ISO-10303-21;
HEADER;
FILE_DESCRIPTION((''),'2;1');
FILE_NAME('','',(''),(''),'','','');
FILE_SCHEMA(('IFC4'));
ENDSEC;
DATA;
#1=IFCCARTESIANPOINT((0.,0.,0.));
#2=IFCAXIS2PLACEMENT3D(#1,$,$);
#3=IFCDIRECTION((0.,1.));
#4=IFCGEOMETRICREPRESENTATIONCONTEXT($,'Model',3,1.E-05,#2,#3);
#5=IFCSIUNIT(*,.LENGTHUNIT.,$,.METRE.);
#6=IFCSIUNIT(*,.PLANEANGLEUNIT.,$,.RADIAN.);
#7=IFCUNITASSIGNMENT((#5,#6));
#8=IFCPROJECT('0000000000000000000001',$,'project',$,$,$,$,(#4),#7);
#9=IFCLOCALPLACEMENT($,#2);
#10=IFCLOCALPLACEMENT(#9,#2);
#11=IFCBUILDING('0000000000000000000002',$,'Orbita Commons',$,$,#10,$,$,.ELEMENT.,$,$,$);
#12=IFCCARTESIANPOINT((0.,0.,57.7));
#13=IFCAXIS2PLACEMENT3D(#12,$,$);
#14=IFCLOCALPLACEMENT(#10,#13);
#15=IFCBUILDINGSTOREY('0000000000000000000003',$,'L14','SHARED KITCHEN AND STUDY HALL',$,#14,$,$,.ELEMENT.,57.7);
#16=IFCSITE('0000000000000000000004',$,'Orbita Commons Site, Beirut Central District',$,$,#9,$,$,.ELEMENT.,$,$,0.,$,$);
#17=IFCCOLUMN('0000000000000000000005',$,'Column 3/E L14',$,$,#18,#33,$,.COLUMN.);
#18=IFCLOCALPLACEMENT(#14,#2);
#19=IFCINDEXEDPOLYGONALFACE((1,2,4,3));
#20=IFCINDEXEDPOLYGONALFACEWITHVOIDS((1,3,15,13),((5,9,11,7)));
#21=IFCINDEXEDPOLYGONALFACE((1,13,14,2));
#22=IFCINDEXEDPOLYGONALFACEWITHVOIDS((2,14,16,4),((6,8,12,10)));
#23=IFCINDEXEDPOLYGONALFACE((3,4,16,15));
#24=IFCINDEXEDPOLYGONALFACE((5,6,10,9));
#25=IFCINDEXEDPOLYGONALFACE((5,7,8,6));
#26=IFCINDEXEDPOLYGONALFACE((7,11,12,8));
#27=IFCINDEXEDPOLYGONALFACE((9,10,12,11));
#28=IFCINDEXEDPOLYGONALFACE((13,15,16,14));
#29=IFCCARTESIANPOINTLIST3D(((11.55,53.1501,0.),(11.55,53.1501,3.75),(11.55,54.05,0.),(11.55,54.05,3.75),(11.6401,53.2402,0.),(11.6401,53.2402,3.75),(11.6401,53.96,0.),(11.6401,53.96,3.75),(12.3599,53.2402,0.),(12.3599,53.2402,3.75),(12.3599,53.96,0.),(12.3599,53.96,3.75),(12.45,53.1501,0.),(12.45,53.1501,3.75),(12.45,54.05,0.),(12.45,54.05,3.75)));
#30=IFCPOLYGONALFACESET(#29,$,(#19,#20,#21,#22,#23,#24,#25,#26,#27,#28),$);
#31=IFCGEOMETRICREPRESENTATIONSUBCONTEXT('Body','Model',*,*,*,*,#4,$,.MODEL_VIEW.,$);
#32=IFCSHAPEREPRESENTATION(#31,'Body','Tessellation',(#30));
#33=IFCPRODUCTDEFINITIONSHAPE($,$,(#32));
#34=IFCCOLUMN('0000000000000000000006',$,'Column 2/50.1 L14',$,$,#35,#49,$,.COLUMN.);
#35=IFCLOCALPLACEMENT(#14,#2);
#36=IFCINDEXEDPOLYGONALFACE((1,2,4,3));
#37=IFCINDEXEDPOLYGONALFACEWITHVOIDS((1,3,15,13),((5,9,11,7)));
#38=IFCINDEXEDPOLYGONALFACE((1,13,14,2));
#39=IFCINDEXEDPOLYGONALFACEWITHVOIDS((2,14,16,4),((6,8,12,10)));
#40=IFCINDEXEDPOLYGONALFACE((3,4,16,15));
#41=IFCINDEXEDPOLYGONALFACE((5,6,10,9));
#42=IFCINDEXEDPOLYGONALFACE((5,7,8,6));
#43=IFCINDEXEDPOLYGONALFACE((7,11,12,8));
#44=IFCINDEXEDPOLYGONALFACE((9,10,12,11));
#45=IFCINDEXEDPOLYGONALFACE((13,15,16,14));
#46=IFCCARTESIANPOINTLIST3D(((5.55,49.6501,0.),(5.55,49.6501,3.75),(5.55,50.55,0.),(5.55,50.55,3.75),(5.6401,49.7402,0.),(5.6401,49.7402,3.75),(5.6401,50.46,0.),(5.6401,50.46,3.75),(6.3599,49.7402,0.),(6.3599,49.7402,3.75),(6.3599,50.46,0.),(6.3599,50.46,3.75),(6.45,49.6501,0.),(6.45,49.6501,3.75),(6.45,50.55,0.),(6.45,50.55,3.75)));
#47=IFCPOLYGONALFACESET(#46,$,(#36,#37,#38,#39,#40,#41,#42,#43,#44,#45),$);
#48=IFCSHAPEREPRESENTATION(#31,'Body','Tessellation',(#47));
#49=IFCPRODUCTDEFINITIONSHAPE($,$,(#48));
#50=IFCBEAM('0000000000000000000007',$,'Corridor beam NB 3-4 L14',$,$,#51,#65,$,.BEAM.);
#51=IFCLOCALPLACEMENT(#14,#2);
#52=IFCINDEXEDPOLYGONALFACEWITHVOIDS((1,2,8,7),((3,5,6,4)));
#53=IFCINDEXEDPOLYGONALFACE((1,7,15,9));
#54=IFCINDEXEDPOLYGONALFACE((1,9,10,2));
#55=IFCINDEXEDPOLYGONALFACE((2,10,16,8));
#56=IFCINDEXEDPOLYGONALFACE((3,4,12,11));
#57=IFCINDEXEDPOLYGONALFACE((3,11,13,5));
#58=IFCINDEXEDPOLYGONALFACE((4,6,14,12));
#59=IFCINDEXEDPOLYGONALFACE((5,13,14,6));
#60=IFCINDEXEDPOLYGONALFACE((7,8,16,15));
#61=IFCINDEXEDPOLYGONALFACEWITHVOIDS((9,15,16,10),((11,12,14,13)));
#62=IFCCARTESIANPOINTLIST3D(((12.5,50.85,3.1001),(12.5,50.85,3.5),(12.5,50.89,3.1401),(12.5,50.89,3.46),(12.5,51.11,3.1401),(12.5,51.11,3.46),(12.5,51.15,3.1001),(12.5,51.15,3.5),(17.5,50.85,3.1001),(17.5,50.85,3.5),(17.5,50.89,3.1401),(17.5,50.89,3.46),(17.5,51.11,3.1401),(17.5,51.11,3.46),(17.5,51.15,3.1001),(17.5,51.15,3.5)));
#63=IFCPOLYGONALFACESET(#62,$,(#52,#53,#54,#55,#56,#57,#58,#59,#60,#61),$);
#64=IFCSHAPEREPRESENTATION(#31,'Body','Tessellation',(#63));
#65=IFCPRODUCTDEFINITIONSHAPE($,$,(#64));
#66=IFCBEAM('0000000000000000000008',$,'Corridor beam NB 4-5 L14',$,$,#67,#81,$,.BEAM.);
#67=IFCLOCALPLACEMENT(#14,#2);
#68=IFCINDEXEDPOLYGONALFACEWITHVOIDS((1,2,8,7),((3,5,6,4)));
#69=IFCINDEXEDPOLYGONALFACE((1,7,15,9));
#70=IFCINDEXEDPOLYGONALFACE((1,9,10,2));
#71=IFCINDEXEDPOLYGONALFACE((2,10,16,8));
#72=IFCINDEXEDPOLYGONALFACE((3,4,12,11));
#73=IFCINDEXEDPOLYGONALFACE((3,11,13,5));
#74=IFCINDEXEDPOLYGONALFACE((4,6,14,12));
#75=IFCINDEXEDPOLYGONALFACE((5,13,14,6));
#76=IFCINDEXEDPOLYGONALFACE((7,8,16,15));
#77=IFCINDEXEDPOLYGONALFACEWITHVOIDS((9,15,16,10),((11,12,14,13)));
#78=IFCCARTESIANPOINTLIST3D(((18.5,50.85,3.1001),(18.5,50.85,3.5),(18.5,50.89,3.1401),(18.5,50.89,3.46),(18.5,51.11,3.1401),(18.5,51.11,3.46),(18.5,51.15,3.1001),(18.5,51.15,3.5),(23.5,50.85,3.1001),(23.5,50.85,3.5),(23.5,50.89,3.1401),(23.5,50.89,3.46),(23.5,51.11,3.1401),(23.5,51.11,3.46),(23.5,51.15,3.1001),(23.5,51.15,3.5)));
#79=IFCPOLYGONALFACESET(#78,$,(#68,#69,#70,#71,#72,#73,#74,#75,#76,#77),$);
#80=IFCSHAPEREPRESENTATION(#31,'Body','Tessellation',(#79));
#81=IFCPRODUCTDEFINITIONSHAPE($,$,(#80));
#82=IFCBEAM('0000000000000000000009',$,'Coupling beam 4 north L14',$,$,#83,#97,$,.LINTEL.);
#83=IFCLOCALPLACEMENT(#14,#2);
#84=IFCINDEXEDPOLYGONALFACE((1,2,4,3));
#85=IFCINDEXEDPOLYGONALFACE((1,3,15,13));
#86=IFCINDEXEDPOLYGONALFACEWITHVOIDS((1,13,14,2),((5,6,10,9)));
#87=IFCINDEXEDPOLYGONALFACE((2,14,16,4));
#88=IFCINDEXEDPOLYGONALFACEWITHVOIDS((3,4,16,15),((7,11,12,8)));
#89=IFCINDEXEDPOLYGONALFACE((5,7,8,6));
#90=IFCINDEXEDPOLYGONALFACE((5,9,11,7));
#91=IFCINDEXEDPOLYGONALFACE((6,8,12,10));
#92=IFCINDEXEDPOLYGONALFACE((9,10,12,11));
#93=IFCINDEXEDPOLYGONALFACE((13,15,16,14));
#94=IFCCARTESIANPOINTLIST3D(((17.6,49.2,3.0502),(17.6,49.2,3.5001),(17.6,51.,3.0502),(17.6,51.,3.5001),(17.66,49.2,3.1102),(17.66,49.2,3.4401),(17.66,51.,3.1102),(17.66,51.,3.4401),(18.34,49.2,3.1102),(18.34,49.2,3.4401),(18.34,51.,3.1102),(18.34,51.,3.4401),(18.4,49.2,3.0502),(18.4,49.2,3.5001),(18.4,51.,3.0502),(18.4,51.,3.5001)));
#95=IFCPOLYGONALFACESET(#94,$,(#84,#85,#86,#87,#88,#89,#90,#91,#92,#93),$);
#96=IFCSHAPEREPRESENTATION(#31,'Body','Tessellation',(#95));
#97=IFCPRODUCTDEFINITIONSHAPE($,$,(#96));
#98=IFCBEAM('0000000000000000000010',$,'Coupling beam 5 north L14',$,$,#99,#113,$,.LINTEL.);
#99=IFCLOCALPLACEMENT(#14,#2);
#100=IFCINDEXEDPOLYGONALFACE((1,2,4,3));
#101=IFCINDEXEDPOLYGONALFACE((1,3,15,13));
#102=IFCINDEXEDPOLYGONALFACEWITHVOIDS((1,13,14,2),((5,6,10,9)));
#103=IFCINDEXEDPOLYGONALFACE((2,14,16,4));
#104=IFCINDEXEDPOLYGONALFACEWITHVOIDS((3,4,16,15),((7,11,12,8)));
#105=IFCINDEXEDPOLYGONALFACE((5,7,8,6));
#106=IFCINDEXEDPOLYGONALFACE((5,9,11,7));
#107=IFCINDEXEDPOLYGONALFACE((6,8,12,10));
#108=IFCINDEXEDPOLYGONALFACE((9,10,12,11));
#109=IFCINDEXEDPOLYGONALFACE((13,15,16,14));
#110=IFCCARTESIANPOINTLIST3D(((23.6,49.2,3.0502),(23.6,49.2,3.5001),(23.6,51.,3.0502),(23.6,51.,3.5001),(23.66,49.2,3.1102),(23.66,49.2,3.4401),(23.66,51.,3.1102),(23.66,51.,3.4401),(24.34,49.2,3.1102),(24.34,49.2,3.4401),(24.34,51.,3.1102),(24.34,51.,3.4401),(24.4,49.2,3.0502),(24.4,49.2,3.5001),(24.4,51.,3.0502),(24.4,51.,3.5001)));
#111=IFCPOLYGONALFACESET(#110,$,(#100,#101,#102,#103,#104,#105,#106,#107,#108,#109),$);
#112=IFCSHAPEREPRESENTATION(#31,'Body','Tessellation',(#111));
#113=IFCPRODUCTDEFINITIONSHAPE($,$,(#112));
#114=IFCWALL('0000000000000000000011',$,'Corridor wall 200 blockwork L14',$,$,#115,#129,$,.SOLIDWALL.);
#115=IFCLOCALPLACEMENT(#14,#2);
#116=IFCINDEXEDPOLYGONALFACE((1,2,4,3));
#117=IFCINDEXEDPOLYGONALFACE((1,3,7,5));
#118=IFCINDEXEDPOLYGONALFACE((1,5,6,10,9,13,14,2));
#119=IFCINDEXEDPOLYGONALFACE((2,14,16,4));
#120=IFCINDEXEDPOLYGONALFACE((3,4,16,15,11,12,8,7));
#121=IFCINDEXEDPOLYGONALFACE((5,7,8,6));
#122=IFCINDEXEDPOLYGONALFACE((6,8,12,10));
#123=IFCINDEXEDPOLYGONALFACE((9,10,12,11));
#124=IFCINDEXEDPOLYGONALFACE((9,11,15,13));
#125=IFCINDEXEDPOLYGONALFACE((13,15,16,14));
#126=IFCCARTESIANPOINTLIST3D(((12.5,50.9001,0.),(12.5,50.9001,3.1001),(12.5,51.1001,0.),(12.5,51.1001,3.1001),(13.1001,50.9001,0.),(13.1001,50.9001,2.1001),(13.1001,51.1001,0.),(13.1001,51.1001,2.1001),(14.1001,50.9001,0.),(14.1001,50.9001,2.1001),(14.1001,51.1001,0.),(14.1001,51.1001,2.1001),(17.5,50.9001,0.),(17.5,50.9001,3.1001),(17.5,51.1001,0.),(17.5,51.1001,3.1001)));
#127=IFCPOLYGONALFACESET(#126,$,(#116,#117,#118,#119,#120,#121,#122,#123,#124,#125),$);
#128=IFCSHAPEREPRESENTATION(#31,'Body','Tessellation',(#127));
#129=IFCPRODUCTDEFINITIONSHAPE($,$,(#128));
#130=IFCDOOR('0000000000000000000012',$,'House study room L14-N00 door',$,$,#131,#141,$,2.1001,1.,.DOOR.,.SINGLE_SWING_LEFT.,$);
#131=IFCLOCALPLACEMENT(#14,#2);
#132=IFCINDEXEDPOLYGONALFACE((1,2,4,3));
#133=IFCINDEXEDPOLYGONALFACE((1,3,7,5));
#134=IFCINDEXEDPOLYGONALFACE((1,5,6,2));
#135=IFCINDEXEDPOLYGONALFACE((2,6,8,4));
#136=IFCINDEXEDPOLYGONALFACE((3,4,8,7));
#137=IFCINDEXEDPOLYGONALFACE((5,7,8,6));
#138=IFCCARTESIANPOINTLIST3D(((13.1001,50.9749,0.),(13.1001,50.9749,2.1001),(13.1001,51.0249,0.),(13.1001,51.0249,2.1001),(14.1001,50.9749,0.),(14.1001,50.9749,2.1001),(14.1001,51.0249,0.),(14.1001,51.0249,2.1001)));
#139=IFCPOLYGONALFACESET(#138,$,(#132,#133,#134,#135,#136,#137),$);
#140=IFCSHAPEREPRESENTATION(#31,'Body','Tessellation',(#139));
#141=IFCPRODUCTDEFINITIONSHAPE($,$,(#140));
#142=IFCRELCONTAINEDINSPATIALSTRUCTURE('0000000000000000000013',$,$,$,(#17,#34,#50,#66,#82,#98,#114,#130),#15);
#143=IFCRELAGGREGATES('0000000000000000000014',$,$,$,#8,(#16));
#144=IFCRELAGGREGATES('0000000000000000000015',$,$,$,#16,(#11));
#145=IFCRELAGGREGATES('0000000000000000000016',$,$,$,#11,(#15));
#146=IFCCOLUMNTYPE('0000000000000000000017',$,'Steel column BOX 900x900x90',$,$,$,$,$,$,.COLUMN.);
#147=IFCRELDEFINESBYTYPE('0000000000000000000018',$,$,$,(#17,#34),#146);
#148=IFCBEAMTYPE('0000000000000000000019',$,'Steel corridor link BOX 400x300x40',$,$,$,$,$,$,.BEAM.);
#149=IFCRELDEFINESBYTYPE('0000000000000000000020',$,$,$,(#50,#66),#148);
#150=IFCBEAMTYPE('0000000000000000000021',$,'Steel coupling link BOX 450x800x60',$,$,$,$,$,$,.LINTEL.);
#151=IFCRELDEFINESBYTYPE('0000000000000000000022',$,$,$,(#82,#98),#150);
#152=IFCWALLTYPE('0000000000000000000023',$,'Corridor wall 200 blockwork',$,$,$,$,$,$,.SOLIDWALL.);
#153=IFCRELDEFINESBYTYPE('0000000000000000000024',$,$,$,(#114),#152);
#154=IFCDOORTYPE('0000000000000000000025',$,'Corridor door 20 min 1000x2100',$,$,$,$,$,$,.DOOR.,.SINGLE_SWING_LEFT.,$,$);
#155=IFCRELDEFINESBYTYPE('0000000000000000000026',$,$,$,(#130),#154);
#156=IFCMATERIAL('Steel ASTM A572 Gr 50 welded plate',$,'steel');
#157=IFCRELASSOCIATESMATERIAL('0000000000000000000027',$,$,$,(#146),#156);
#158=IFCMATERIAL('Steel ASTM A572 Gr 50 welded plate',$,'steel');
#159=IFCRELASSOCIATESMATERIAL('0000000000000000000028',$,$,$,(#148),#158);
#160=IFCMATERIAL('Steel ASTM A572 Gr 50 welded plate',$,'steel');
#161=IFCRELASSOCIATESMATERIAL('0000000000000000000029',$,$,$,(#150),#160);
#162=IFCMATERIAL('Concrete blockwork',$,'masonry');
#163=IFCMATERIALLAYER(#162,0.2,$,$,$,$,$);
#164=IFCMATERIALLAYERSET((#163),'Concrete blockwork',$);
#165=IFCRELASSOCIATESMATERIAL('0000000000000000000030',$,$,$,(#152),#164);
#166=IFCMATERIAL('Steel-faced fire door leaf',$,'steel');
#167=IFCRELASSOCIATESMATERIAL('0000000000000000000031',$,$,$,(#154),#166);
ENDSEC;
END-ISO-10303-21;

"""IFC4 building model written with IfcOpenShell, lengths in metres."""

from ifc_helpers import new_model, si_unit, direction, frame, frame_2d, origin, origin_2d, place, context, subcontext, project, spatial, polyline, rectangle, hollow_rectangle, outline, extrude, material, layer, layer_set, material_profile, profile_set, type_object, element, fill, save


model = new_model("IFC4")

# Units and contexts
model_context = context("Model", 3, precision=1e-05, world=origin(), true_north=direction((0.0, 1.0)))
body_context = subcontext(model_context, "Body", "Model", "MODEL_VIEW")
ifc_project = project(units=[si_unit("LENGTHUNIT", "METRE"), si_unit("PLANEANGLEUNIT", "RADIAN")], contexts=[model_context])

# Site, building, storey
site_placement = place(None, origin())
site = spatial("IfcSite", under=ifc_project, at=site_placement, Name="Orbita Commons Site, Beirut Central District", CompositionType="ELEMENT", RefElevation=0.0)
building_placement = place(site_placement, origin())
building = spatial("IfcBuilding", under=site, at=building_placement, Name="Orbita Commons", CompositionType="ELEMENT")
storey_placement = place(building_placement, frame((0.0, 0.0, 57.7)))
storey = spatial("IfcBuildingStorey", under=building, at=storey_placement, Name="L14", Description="SHARED KITCHEN AND STUDY HALL", CompositionType="ELEMENT", Elevation=57.7)

# Columns
ifc_material_1 = material(Name="Steel ASTM A572 Gr 50 welded plate", Category="steel")
ifc_material_profile_1 = material_profile(ifc_material_1, hollow_rectangle(XDim=0.8999, YDim=0.8999, WallThickness=0.0901, at=origin_2d()), Name="BOX 900x900x90")
ifc_profile_set_1 = profile_set([ifc_material_profile_1], Name="Steel ASTM A572 Gr 50 welded plate")
column_type = type_object("IfcColumnType", Name="Steel column BOX 900x900x90", PredefinedType="COLUMN", material=ifc_profile_set_1)
for number, where, z_axis, x_axis, name in (
    (1, (12.0, 53.6001, 0.0), (0.0, 0.0, 1.0), (1.0, 0.0, 0.0), "Column 3/E L14"),
    (2, (6.0, 50.1001, 0.0), (0.0, 0.0, 1.0), (1.0, 0.0, 0.0), "Column 2/50.1 L14"),
):
    element("IfcColumn", number, at=place(storey_placement, frame(where, z_axis=z_axis, x_axis=x_axis)), inside=storey, type_object=column_type, Name=name, PredefinedType="COLUMN", context=body_context, shape_type="SweptSolid", body=[
        extrude(hollow_rectangle(XDim=0.8999, YDim=0.8999, WallThickness=0.0901, at=origin_2d()), origin(), (0.0, 0.0, 1.0), 3.75),
    ])

# Beams
ifc_material_2 = material(Name="Steel ASTM A572 Gr 50 welded plate", Category="steel")
ifc_material_profile_2 = material_profile(ifc_material_2, hollow_rectangle(XDim=0.3, YDim=0.3999, WallThickness=0.04, at=origin_2d()), Name="BOX 400x300x40")
ifc_profile_set_2 = profile_set([ifc_material_profile_2], Name="Steel ASTM A572 Gr 50 welded plate")
beam_type_1 = type_object("IfcBeamType", Name="Steel corridor link BOX 400x300x40", PredefinedType="BEAM", material=ifc_profile_set_2)
for number, where, z_axis, x_axis, name in (
    (3, (12.5, 51.0, 3.3), (1.0, 0.0, 0.0), (0.0, 1.0, 0.0), "Corridor beam NB 3-4 L14"),
    (4, (18.5, 51.0, 3.3), (1.0, 0.0, 0.0), (0.0, 1.0, 0.0), "Corridor beam NB 4-5 L14"),
):
    element("IfcBeam", number, at=place(storey_placement, frame(where, z_axis=z_axis, x_axis=x_axis)), inside=storey, type_object=beam_type_1, Name=name, PredefinedType="BEAM", context=body_context, shape_type="SweptSolid", body=[
        extrude(hollow_rectangle(XDim=0.3, YDim=0.3999, WallThickness=0.04, at=origin_2d()), origin(), (0.0, 0.0, 1.0), 5.0),
    ])
ifc_material_3 = material(Name="Steel ASTM A572 Gr 50 welded plate", Category="steel")
ifc_material_profile_3 = material_profile(ifc_material_3, hollow_rectangle(XDim=0.8, YDim=0.45, WallThickness=0.0601, at=origin_2d()), Name="BOX 450x800x60")
ifc_profile_set_3 = profile_set([ifc_material_profile_3], Name="Steel ASTM A572 Gr 50 welded plate")
beam_type_2 = type_object("IfcBeamType", Name="Steel coupling link BOX 450x800x60", PredefinedType="LINTEL", material=ifc_profile_set_3)
for number, where, z_axis, x_axis, name in (
    (5, (18.0, 49.2, 3.2751), (0.0, 1.0, 0.0), (-1.0, 0.0, 0.0), "Coupling beam 4 north L14"),
    (6, (24.0, 49.2, 3.2751), (0.0, 1.0, 0.0), (-1.0, 0.0, 0.0), "Coupling beam 5 north L14"),
):
    element("IfcBeam", number, at=place(storey_placement, frame(where, z_axis=z_axis, x_axis=x_axis)), inside=storey, type_object=beam_type_2, Name=name, PredefinedType="LINTEL", context=body_context, shape_type="SweptSolid", body=[
        extrude(hollow_rectangle(XDim=0.8, YDim=0.45, WallThickness=0.0601, at=origin_2d()), origin(), (0.0, 0.0, 1.0), 1.8),
    ])

# Wall, opening, door
ifc_material_4 = material(Name="Concrete blockwork", Category="masonry")
ifc_layer_1 = layer(ifc_material_4, 0.2)
ifc_layer_set_1 = layer_set([ifc_layer_1], Name="Concrete blockwork")
wall_type_1 = type_object("IfcWallType", Name="Corridor wall 200 blockwork", PredefinedType="SOLIDWALL", material=ifc_layer_set_1)
wall_1_placement = place(storey_placement, frame((12.5, 51.0, 0.0), z_axis=(0.0, 0.0, 1.0), x_axis=(1.0, 0.0, 0.0)))
wall_1 = element("IfcWall", 7, at=wall_1_placement, inside=storey, type_object=wall_type_1, Name="Corridor wall 200 blockwork L14", PredefinedType="SOLIDWALL", context=body_context, shape_type="SweptSolid", body=[
    extrude(outline(polyline([(0.0, 0.0), (5.0, 0.0), (5.0, 3.1001), (0.0, 3.1001), (0.0, 0.0)])), frame((0.0, 0.1001, 0.0), z_axis=(0.0, -1.0, 0.0), x_axis=(1.0, 0.0, 0.0)), (0.0, 0.0, 1.0), 0.2),
])
opening_1_placement = place(wall_1_placement, frame((0.6001, 0.0, 0.0)))
opening_1 = element("IfcOpeningElement", 8, at=opening_1_placement, cuts=wall_1, PredefinedType="OPENING", context=body_context, shape_type="SweptSolid", body=[
    extrude(rectangle(XDim=1.0, YDim=2.1001, at=frame_2d((0.5, 1.05))), frame((0.0, 0.1099, 0.0), z_axis=(0.0, -1.0, 0.0), x_axis=(1.0, 0.0, 0.0)), (0.0, 0.0, 1.0), 0.22),
])
ifc_material_5 = material(Name="Steel-faced fire door leaf", Category="steel")
door_type_1 = type_object("IfcDoorType", Name="Corridor door 20 min 1000x2100", OperationType="SINGLE_SWING_LEFT", PredefinedType="DOOR", material=ifc_material_5)
door_1_placement = place(opening_1_placement, origin())
door_1 = element("IfcDoor", 9, at=door_1_placement, inside=storey, type_object=door_type_1, Name="House study room L14-N00 door", OperationType="SINGLE_SWING_LEFT", OverallHeight=2.1001, OverallWidth=1.0, PredefinedType="DOOR", context=body_context, shape_type="SweptSolid", body=[
    extrude(rectangle(XDim=1.0, YDim=2.1001, at=frame_2d((0.5, 1.05))), frame((0.0, 0.0249, 0.0), z_axis=(0.0, -1.0, 0.0), x_axis=(1.0, 0.0, 0.0)), (0.0, 0.0, 1.0), 0.05),
])
fill(opening_1, door_1)

save(model, "model.ifc")
